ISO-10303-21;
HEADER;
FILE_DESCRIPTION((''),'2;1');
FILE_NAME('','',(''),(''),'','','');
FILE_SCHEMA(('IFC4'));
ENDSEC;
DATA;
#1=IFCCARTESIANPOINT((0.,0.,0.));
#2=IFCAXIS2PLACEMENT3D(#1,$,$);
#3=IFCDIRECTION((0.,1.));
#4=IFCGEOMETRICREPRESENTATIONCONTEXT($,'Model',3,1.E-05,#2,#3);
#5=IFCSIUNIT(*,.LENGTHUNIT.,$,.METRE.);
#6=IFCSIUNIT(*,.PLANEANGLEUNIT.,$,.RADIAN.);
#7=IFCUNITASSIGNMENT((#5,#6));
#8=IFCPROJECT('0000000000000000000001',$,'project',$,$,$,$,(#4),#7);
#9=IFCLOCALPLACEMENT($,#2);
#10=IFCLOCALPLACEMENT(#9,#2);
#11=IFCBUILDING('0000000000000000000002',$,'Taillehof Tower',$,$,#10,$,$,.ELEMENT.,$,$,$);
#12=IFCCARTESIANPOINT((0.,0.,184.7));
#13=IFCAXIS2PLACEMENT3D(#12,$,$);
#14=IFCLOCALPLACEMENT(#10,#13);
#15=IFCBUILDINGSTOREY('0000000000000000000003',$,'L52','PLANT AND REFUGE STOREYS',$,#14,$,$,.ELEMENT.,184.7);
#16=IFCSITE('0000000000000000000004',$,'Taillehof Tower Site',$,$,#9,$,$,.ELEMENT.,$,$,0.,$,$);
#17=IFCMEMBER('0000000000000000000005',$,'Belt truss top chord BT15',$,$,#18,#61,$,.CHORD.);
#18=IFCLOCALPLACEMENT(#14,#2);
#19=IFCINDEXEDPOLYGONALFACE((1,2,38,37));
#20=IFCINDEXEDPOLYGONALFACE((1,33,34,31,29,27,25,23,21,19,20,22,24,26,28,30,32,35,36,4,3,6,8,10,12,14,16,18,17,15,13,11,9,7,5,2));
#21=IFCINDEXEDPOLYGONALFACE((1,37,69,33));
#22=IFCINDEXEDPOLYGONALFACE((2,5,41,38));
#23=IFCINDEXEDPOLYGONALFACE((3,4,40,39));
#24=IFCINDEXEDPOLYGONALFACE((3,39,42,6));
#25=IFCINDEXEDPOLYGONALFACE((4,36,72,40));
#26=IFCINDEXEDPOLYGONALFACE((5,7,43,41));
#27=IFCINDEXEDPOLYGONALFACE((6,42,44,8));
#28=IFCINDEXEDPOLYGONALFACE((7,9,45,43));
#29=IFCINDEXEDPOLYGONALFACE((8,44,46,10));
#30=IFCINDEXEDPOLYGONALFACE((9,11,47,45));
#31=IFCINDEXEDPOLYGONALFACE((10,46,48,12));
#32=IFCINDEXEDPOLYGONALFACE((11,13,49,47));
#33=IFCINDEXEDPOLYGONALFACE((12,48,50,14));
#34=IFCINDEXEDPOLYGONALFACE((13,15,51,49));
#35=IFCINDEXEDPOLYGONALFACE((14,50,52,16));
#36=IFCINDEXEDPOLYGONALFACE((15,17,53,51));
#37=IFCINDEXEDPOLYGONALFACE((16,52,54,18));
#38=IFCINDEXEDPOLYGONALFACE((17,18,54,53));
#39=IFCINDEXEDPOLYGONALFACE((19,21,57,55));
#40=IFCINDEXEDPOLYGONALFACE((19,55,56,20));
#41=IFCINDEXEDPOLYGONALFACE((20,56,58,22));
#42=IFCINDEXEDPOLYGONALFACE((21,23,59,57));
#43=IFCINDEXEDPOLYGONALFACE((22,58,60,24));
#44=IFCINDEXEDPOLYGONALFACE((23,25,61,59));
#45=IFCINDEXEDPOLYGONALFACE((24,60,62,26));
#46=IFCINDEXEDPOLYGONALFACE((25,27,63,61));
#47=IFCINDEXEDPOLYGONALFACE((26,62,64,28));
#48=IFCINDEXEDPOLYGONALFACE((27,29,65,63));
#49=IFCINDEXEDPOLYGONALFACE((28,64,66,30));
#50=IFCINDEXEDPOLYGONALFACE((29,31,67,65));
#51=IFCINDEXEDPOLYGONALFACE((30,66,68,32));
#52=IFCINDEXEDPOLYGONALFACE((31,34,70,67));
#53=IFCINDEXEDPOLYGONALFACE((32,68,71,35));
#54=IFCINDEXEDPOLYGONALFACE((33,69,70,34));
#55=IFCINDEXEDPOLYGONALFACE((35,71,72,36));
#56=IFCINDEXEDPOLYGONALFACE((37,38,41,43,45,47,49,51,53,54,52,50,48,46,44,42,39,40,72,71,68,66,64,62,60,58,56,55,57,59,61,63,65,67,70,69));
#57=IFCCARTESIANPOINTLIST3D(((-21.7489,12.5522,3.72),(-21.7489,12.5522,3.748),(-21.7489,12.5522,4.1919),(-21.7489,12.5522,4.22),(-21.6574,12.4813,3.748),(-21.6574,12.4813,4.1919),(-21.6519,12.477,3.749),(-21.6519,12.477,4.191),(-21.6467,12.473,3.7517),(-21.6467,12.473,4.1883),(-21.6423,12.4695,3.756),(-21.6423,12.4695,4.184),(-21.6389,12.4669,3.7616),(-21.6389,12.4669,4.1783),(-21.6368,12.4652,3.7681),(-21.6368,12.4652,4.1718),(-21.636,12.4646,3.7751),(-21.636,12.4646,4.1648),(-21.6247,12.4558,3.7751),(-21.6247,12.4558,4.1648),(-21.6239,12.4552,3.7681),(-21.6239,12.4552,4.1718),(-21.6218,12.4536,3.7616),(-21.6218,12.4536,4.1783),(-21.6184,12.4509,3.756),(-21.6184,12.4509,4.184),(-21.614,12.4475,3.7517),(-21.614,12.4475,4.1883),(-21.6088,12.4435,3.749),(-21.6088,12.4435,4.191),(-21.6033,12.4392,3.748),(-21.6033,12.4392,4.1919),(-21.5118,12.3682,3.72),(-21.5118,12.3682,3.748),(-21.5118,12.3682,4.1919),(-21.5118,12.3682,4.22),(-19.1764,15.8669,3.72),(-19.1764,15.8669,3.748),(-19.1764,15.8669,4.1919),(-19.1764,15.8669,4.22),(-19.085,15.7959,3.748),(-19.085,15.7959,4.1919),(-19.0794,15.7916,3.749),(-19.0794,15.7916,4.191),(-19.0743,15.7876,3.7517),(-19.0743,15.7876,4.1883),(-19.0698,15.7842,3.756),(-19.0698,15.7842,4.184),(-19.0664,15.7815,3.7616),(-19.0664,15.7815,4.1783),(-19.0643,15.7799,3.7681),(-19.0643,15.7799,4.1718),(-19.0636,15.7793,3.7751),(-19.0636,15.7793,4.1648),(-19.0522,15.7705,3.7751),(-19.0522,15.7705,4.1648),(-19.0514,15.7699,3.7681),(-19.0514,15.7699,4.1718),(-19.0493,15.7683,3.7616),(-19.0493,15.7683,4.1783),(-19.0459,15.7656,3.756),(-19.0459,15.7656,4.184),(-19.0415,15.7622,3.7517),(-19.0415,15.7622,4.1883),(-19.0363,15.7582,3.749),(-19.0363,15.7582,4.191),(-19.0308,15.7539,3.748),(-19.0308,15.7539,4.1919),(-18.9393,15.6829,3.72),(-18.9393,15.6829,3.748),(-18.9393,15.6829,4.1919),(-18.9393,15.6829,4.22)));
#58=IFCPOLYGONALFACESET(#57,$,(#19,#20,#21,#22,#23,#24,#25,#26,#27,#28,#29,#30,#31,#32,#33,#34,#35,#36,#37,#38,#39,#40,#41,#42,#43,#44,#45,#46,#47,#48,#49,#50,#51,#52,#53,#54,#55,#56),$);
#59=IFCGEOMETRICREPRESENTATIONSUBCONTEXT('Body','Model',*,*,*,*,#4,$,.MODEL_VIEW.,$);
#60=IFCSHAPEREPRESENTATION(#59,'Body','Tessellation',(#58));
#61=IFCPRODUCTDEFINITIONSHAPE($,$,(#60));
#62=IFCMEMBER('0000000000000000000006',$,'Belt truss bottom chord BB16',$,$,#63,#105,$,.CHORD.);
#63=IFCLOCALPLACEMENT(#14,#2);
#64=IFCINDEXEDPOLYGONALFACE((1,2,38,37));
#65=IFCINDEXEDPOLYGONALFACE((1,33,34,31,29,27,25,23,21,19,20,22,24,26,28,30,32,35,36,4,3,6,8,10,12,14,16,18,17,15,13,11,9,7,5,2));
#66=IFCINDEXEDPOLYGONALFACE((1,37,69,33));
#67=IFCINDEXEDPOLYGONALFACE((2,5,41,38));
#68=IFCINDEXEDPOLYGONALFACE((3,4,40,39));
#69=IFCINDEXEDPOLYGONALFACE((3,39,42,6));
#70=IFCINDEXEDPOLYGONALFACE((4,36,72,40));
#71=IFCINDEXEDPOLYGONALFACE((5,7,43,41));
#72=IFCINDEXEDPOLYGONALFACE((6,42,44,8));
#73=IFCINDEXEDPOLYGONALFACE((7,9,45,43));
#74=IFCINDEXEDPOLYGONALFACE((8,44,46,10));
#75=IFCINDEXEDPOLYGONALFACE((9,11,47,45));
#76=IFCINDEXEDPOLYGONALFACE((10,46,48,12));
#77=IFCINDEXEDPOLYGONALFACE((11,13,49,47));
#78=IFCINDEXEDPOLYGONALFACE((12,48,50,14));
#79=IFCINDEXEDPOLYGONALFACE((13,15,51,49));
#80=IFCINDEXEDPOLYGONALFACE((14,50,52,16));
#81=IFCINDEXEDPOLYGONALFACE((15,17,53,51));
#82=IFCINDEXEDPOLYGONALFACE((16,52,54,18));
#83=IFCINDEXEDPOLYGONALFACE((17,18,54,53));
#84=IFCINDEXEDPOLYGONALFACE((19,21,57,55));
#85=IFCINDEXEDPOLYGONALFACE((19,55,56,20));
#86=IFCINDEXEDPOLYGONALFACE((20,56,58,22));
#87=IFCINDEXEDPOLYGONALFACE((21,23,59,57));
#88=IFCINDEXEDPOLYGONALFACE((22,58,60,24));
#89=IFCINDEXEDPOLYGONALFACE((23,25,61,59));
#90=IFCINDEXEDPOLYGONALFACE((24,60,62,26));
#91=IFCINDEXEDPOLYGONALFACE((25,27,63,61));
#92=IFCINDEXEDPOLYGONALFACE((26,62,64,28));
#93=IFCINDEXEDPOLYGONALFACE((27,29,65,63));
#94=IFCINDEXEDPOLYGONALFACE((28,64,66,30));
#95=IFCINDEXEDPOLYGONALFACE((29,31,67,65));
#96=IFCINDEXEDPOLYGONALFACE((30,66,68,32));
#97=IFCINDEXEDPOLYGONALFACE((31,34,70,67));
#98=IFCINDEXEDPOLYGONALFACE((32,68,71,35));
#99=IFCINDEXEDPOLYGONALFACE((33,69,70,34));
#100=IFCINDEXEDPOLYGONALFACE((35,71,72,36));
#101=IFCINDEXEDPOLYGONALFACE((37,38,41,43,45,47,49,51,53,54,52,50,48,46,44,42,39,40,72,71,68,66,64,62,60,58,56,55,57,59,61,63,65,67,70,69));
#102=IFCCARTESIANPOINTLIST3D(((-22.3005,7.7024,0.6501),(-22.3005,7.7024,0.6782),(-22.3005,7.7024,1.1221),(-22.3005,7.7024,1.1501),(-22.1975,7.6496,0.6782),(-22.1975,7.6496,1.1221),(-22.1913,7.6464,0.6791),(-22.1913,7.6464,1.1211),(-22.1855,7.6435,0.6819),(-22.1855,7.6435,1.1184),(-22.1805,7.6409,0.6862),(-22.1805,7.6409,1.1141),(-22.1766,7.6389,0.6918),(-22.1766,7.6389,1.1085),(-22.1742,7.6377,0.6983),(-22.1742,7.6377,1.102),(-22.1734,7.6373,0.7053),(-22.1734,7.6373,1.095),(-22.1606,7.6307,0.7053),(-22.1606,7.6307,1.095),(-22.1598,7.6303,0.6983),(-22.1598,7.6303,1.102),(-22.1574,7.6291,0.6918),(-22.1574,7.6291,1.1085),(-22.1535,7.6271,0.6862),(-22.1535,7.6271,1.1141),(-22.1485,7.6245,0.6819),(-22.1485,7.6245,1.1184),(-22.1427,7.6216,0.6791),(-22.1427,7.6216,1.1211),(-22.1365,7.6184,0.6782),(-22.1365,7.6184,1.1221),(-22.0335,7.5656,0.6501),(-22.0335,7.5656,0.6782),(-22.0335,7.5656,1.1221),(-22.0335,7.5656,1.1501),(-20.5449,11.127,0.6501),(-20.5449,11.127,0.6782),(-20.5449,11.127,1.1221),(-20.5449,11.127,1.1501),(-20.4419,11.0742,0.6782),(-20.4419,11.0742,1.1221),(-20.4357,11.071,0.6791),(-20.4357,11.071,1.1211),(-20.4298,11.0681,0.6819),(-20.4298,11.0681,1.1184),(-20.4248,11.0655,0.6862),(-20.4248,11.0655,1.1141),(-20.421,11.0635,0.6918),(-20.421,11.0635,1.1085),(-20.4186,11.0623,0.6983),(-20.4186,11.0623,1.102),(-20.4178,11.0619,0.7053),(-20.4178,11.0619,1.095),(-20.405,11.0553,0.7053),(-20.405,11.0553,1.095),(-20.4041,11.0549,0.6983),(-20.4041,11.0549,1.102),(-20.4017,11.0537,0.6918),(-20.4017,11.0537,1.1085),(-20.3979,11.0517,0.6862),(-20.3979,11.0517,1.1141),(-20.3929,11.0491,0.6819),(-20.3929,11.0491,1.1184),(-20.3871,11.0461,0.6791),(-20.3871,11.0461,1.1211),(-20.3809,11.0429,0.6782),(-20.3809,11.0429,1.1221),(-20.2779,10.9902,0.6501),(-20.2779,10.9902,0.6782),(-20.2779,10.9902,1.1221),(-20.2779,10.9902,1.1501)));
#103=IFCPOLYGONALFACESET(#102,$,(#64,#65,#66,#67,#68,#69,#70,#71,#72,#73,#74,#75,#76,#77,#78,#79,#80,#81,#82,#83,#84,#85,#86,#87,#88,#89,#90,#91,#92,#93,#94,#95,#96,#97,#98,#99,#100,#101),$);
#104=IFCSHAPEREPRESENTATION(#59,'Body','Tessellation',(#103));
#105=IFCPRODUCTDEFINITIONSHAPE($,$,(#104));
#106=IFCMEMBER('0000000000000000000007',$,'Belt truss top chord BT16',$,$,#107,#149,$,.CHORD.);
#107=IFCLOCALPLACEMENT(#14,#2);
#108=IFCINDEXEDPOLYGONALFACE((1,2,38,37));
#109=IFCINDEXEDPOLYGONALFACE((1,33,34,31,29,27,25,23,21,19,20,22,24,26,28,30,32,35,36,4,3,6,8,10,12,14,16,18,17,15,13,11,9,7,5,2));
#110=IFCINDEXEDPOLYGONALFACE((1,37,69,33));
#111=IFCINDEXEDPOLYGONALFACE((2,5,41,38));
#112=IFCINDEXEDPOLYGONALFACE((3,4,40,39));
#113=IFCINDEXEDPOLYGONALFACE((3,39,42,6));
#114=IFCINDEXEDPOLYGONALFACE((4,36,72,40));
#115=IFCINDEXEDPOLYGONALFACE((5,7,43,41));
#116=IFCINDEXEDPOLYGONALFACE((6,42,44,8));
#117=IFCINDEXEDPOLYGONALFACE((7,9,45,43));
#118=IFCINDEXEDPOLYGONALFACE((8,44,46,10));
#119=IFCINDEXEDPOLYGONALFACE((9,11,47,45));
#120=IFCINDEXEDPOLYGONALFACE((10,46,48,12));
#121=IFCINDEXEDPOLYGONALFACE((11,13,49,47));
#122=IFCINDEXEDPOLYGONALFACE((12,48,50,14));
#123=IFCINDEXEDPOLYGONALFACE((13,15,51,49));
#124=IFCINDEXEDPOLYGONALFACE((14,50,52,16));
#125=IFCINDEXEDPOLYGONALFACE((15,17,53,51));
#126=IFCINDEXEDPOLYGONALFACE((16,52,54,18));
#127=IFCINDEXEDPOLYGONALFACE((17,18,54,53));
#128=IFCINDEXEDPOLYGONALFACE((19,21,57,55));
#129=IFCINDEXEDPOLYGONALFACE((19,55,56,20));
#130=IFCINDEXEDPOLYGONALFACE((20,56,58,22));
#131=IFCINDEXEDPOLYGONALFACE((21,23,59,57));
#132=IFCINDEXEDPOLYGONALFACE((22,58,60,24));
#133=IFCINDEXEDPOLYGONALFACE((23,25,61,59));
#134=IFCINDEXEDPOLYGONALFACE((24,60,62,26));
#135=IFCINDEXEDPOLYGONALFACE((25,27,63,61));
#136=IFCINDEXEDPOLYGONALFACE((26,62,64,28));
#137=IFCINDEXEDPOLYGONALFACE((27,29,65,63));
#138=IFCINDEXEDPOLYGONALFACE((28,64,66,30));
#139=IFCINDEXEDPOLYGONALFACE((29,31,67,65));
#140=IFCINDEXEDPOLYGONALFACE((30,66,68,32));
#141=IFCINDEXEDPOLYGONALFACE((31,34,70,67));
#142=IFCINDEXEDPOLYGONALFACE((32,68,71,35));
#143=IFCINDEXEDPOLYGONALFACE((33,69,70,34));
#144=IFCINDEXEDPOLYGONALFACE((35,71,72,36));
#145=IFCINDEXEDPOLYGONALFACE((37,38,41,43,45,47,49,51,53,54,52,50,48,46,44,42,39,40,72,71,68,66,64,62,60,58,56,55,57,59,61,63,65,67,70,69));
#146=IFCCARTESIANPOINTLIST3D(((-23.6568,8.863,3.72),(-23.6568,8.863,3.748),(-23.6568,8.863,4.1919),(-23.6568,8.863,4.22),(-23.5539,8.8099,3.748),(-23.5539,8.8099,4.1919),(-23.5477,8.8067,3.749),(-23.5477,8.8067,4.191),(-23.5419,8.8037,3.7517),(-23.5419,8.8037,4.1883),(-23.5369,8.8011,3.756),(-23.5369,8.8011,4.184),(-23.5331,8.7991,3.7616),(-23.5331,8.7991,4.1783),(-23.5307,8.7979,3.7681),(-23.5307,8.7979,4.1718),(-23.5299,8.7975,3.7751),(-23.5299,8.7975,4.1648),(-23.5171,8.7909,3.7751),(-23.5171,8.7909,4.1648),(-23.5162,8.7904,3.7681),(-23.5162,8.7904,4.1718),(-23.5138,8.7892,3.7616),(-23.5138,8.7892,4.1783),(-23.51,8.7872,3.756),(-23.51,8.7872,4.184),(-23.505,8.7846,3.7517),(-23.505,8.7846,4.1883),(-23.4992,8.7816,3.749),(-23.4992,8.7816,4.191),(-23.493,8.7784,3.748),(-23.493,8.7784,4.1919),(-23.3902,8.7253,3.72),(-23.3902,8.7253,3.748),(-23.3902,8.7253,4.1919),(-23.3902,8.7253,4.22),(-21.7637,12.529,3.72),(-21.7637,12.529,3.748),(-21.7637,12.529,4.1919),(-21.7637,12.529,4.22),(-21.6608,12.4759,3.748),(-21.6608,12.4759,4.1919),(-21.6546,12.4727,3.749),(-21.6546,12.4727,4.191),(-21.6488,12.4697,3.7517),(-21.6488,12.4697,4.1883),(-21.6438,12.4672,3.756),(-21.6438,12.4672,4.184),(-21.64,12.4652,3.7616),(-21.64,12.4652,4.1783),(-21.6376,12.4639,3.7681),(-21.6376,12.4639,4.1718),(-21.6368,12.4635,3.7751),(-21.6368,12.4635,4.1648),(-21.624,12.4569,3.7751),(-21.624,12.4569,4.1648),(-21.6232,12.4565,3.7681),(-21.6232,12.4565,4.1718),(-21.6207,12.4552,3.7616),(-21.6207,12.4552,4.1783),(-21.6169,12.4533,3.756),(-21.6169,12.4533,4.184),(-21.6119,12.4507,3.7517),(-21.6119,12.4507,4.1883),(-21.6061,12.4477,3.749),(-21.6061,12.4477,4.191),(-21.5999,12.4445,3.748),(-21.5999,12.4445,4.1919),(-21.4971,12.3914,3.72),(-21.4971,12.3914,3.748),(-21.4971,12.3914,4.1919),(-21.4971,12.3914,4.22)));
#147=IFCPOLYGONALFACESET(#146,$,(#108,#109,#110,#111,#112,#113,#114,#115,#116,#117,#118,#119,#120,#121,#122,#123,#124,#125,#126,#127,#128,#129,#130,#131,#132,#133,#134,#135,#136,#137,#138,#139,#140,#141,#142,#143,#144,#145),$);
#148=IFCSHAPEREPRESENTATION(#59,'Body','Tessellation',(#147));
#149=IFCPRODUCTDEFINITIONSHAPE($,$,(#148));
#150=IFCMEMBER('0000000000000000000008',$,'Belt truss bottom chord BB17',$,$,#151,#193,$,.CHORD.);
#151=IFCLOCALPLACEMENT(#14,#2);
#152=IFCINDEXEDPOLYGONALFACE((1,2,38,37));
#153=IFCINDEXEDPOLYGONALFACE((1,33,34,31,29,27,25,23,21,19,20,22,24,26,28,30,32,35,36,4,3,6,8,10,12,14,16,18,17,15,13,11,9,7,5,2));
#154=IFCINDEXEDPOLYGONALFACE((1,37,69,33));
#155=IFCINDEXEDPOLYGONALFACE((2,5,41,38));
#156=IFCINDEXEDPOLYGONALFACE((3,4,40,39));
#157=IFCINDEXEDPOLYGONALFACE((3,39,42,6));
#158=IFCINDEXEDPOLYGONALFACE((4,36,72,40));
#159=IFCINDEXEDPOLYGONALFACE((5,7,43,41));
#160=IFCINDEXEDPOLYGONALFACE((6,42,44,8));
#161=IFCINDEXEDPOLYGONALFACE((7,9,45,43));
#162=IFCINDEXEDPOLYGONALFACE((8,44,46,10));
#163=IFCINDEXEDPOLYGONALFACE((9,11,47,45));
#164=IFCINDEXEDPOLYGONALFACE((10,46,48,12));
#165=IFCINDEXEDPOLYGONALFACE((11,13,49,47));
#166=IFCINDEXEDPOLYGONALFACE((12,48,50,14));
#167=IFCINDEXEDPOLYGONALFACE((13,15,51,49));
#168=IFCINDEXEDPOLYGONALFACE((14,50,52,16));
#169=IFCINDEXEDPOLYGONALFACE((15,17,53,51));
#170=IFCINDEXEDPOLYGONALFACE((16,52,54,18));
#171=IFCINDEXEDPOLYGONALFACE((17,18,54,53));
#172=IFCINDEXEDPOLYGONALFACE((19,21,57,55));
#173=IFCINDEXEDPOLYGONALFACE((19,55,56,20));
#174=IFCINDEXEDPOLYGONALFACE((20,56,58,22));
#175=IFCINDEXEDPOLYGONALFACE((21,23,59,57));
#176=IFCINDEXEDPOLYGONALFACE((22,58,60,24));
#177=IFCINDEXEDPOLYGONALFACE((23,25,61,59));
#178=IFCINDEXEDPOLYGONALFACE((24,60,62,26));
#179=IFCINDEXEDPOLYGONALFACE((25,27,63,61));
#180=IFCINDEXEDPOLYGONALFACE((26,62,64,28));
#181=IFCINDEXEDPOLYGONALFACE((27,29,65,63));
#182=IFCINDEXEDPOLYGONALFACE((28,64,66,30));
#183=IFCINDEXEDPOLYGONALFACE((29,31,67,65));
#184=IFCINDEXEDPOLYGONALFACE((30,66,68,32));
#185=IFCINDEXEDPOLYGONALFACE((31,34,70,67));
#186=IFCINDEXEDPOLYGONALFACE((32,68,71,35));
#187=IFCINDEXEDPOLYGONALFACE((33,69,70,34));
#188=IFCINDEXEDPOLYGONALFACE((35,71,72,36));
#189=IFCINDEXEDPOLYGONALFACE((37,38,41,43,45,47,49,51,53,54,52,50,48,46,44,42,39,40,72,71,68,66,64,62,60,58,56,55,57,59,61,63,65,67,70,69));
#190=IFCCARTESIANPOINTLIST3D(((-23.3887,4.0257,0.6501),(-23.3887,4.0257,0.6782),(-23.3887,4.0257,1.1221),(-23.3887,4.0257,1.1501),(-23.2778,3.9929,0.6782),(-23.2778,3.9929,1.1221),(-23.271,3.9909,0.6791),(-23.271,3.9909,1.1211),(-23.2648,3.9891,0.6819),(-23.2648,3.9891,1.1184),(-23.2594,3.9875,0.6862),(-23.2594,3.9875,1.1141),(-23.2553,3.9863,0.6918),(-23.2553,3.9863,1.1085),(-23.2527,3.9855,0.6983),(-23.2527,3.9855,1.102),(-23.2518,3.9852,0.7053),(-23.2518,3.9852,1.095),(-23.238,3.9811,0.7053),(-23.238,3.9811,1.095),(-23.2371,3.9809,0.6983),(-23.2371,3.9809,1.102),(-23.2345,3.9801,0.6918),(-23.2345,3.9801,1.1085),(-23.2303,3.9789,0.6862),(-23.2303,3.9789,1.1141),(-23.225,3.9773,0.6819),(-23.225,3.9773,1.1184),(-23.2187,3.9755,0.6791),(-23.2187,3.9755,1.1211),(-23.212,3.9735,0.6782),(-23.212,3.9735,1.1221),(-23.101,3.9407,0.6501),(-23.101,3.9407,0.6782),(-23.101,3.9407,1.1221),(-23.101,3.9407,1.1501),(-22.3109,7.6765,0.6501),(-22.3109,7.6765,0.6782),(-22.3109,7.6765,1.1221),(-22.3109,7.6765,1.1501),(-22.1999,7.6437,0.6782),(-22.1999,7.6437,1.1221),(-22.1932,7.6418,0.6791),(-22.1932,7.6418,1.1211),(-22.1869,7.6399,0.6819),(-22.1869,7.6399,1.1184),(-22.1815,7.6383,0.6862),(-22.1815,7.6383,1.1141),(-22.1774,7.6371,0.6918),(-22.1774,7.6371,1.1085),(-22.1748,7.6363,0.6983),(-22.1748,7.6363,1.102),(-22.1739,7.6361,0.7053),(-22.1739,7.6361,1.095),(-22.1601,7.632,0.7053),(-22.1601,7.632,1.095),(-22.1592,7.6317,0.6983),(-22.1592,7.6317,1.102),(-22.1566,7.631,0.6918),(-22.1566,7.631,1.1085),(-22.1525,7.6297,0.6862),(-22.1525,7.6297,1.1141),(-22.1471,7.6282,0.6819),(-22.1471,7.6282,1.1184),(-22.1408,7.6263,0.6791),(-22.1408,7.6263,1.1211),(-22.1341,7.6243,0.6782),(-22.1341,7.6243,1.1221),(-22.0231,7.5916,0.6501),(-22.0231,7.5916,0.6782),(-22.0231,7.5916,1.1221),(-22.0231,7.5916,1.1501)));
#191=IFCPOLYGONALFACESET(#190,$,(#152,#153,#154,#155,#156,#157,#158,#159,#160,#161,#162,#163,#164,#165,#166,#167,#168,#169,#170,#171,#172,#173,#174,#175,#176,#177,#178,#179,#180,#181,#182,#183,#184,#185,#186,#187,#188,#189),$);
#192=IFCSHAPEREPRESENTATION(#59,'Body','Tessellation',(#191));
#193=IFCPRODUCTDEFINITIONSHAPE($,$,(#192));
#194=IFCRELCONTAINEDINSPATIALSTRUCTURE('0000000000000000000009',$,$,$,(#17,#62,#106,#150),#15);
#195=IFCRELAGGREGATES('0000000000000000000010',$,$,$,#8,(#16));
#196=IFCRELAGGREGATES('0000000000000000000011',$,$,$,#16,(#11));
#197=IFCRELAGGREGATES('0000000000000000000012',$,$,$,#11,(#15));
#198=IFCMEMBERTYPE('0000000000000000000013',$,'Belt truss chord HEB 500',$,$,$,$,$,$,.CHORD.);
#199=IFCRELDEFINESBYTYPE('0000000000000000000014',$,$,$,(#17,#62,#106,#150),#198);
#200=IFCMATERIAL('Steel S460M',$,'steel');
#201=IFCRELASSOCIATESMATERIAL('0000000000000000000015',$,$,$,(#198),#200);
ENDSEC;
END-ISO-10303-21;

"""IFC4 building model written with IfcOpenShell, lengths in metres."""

from ifc_helpers import new_model, si_unit, direction, frame, origin, origin_2d, place, context, subcontext, project, spatial, i_section, extrude, material, material_profile, profile_set, type_object, element, save


model = new_model("IFC4")

# Units and contexts
model_context = context("Model", 3, precision=1e-05, world=origin(), true_north=direction((0.0, 1.0)))
body_context = subcontext(model_context, "Body", "Model", "MODEL_VIEW")
ifc_project = project(units=[si_unit("LENGTHUNIT", "METRE"), si_unit("PLANEANGLEUNIT", "RADIAN")], contexts=[model_context])

# Site, building, storey
site_placement = place(None, origin())
site = spatial("IfcSite", under=ifc_project, at=site_placement, Name="Taillehof Tower Site", CompositionType="ELEMENT", RefElevation=0.0)
building_placement = place(site_placement, origin())
building = spatial("IfcBuilding", under=site, at=building_placement, Name="Taillehof Tower", CompositionType="ELEMENT")
storey_placement = place(building_placement, frame((0.0, 0.0, 184.7)))
storey = spatial("IfcBuildingStorey", under=building, at=storey_placement, Name="L52", Description="PLANT AND REFUGE STOREYS", CompositionType="ELEMENT", Elevation=184.7)

# Members
ifc_material_1 = material(Name="Steel S460M", Category="steel")
ifc_material_profile_1 = material_profile(ifc_material_1, i_section(OverallWidth=0.3, OverallDepth=0.5, WebThickness=0.0144, FlangeThickness=0.0281, FilletRadius=0.0271, at=origin_2d()), Name="HEB 500")
ifc_profile_set_1 = profile_set([ifc_material_profile_1], Name="Steel S460M")
member_type_1 = type_object("IfcMemberType", Name="Belt truss chord HEB 500", PredefinedType="CHORD", material=ifc_profile_set_1)
member_1_placement = place(storey_placement, frame((-19.0579, 15.7749, 3.97), z_axis=(-0.61311, -0.789997, 0.0), x_axis=(0.789997, -0.61311, 0.0)))
element("IfcMember", 1, at=member_1_placement, inside=storey, type_object=member_type_1, Name="Belt truss top chord BT15", PredefinedType="CHORD", context=body_context, shape_type="SweptSolid", body=[
    extrude(i_section(OverallWidth=0.3, OverallDepth=0.5, WebThickness=0.0144, FlangeThickness=0.0281, FilletRadius=0.0271, at=origin_2d()), origin(), (0.0, 0.0, 1.0), 4.1958),
])
member_2_placement = place(storey_placement, frame((-20.4114, 11.0586, 0.9001), z_axis=(-0.456199, -0.889878, 0.0), x_axis=(0.889878, -0.456199, 0.0)))
element("IfcMember", 2, at=member_2_placement, inside=storey, type_object=member_type_1, Name="Belt truss bottom chord BB16", PredefinedType="CHORD", context=body_context, shape_type="SweptSolid", body=[
    extrude(i_section(OverallWidth=0.3, OverallDepth=0.5, WebThickness=0.0144, FlangeThickness=0.0281, FilletRadius=0.0271, at=origin_2d()), origin(), (0.0, 0.0, 1.0), 3.8484),
])
member_3_placement = place(storey_placement, frame((-21.6304, 12.4602, 3.97), z_axis=(-0.458821, -0.888529, 0.0), x_axis=(0.888529, -0.458821, 0.0)))
element("IfcMember", 3, at=member_3_placement, inside=storey, type_object=member_type_1, Name="Belt truss top chord BT16", PredefinedType="CHORD", context=body_context, shape_type="SweptSolid", body=[
    extrude(i_section(OverallWidth=0.3, OverallDepth=0.5, WebThickness=0.0144, FlangeThickness=0.0281, FilletRadius=0.0271, at=origin_2d()), origin(), (0.0, 0.0, 1.0), 4.126),
])
member_4_placement = place(storey_placement, frame((-22.167, 7.634, 0.9001), z_axis=(-0.283156, -0.959074, 0.0), x_axis=(0.959074, -0.283156, 0.0)))
element("IfcMember", 4, at=member_4_placement, inside=storey, type_object=member_type_1, Name="Belt truss bottom chord BB17", PredefinedType="CHORD", context=body_context, shape_type="SweptSolid", body=[
    extrude(i_section(OverallWidth=0.3, OverallDepth=0.5, WebThickness=0.0144, FlangeThickness=0.0281, FilletRadius=0.0271, at=origin_2d()), origin(), (0.0, 0.0, 1.0), 3.8066),
])

save(model, "model.ifc")
